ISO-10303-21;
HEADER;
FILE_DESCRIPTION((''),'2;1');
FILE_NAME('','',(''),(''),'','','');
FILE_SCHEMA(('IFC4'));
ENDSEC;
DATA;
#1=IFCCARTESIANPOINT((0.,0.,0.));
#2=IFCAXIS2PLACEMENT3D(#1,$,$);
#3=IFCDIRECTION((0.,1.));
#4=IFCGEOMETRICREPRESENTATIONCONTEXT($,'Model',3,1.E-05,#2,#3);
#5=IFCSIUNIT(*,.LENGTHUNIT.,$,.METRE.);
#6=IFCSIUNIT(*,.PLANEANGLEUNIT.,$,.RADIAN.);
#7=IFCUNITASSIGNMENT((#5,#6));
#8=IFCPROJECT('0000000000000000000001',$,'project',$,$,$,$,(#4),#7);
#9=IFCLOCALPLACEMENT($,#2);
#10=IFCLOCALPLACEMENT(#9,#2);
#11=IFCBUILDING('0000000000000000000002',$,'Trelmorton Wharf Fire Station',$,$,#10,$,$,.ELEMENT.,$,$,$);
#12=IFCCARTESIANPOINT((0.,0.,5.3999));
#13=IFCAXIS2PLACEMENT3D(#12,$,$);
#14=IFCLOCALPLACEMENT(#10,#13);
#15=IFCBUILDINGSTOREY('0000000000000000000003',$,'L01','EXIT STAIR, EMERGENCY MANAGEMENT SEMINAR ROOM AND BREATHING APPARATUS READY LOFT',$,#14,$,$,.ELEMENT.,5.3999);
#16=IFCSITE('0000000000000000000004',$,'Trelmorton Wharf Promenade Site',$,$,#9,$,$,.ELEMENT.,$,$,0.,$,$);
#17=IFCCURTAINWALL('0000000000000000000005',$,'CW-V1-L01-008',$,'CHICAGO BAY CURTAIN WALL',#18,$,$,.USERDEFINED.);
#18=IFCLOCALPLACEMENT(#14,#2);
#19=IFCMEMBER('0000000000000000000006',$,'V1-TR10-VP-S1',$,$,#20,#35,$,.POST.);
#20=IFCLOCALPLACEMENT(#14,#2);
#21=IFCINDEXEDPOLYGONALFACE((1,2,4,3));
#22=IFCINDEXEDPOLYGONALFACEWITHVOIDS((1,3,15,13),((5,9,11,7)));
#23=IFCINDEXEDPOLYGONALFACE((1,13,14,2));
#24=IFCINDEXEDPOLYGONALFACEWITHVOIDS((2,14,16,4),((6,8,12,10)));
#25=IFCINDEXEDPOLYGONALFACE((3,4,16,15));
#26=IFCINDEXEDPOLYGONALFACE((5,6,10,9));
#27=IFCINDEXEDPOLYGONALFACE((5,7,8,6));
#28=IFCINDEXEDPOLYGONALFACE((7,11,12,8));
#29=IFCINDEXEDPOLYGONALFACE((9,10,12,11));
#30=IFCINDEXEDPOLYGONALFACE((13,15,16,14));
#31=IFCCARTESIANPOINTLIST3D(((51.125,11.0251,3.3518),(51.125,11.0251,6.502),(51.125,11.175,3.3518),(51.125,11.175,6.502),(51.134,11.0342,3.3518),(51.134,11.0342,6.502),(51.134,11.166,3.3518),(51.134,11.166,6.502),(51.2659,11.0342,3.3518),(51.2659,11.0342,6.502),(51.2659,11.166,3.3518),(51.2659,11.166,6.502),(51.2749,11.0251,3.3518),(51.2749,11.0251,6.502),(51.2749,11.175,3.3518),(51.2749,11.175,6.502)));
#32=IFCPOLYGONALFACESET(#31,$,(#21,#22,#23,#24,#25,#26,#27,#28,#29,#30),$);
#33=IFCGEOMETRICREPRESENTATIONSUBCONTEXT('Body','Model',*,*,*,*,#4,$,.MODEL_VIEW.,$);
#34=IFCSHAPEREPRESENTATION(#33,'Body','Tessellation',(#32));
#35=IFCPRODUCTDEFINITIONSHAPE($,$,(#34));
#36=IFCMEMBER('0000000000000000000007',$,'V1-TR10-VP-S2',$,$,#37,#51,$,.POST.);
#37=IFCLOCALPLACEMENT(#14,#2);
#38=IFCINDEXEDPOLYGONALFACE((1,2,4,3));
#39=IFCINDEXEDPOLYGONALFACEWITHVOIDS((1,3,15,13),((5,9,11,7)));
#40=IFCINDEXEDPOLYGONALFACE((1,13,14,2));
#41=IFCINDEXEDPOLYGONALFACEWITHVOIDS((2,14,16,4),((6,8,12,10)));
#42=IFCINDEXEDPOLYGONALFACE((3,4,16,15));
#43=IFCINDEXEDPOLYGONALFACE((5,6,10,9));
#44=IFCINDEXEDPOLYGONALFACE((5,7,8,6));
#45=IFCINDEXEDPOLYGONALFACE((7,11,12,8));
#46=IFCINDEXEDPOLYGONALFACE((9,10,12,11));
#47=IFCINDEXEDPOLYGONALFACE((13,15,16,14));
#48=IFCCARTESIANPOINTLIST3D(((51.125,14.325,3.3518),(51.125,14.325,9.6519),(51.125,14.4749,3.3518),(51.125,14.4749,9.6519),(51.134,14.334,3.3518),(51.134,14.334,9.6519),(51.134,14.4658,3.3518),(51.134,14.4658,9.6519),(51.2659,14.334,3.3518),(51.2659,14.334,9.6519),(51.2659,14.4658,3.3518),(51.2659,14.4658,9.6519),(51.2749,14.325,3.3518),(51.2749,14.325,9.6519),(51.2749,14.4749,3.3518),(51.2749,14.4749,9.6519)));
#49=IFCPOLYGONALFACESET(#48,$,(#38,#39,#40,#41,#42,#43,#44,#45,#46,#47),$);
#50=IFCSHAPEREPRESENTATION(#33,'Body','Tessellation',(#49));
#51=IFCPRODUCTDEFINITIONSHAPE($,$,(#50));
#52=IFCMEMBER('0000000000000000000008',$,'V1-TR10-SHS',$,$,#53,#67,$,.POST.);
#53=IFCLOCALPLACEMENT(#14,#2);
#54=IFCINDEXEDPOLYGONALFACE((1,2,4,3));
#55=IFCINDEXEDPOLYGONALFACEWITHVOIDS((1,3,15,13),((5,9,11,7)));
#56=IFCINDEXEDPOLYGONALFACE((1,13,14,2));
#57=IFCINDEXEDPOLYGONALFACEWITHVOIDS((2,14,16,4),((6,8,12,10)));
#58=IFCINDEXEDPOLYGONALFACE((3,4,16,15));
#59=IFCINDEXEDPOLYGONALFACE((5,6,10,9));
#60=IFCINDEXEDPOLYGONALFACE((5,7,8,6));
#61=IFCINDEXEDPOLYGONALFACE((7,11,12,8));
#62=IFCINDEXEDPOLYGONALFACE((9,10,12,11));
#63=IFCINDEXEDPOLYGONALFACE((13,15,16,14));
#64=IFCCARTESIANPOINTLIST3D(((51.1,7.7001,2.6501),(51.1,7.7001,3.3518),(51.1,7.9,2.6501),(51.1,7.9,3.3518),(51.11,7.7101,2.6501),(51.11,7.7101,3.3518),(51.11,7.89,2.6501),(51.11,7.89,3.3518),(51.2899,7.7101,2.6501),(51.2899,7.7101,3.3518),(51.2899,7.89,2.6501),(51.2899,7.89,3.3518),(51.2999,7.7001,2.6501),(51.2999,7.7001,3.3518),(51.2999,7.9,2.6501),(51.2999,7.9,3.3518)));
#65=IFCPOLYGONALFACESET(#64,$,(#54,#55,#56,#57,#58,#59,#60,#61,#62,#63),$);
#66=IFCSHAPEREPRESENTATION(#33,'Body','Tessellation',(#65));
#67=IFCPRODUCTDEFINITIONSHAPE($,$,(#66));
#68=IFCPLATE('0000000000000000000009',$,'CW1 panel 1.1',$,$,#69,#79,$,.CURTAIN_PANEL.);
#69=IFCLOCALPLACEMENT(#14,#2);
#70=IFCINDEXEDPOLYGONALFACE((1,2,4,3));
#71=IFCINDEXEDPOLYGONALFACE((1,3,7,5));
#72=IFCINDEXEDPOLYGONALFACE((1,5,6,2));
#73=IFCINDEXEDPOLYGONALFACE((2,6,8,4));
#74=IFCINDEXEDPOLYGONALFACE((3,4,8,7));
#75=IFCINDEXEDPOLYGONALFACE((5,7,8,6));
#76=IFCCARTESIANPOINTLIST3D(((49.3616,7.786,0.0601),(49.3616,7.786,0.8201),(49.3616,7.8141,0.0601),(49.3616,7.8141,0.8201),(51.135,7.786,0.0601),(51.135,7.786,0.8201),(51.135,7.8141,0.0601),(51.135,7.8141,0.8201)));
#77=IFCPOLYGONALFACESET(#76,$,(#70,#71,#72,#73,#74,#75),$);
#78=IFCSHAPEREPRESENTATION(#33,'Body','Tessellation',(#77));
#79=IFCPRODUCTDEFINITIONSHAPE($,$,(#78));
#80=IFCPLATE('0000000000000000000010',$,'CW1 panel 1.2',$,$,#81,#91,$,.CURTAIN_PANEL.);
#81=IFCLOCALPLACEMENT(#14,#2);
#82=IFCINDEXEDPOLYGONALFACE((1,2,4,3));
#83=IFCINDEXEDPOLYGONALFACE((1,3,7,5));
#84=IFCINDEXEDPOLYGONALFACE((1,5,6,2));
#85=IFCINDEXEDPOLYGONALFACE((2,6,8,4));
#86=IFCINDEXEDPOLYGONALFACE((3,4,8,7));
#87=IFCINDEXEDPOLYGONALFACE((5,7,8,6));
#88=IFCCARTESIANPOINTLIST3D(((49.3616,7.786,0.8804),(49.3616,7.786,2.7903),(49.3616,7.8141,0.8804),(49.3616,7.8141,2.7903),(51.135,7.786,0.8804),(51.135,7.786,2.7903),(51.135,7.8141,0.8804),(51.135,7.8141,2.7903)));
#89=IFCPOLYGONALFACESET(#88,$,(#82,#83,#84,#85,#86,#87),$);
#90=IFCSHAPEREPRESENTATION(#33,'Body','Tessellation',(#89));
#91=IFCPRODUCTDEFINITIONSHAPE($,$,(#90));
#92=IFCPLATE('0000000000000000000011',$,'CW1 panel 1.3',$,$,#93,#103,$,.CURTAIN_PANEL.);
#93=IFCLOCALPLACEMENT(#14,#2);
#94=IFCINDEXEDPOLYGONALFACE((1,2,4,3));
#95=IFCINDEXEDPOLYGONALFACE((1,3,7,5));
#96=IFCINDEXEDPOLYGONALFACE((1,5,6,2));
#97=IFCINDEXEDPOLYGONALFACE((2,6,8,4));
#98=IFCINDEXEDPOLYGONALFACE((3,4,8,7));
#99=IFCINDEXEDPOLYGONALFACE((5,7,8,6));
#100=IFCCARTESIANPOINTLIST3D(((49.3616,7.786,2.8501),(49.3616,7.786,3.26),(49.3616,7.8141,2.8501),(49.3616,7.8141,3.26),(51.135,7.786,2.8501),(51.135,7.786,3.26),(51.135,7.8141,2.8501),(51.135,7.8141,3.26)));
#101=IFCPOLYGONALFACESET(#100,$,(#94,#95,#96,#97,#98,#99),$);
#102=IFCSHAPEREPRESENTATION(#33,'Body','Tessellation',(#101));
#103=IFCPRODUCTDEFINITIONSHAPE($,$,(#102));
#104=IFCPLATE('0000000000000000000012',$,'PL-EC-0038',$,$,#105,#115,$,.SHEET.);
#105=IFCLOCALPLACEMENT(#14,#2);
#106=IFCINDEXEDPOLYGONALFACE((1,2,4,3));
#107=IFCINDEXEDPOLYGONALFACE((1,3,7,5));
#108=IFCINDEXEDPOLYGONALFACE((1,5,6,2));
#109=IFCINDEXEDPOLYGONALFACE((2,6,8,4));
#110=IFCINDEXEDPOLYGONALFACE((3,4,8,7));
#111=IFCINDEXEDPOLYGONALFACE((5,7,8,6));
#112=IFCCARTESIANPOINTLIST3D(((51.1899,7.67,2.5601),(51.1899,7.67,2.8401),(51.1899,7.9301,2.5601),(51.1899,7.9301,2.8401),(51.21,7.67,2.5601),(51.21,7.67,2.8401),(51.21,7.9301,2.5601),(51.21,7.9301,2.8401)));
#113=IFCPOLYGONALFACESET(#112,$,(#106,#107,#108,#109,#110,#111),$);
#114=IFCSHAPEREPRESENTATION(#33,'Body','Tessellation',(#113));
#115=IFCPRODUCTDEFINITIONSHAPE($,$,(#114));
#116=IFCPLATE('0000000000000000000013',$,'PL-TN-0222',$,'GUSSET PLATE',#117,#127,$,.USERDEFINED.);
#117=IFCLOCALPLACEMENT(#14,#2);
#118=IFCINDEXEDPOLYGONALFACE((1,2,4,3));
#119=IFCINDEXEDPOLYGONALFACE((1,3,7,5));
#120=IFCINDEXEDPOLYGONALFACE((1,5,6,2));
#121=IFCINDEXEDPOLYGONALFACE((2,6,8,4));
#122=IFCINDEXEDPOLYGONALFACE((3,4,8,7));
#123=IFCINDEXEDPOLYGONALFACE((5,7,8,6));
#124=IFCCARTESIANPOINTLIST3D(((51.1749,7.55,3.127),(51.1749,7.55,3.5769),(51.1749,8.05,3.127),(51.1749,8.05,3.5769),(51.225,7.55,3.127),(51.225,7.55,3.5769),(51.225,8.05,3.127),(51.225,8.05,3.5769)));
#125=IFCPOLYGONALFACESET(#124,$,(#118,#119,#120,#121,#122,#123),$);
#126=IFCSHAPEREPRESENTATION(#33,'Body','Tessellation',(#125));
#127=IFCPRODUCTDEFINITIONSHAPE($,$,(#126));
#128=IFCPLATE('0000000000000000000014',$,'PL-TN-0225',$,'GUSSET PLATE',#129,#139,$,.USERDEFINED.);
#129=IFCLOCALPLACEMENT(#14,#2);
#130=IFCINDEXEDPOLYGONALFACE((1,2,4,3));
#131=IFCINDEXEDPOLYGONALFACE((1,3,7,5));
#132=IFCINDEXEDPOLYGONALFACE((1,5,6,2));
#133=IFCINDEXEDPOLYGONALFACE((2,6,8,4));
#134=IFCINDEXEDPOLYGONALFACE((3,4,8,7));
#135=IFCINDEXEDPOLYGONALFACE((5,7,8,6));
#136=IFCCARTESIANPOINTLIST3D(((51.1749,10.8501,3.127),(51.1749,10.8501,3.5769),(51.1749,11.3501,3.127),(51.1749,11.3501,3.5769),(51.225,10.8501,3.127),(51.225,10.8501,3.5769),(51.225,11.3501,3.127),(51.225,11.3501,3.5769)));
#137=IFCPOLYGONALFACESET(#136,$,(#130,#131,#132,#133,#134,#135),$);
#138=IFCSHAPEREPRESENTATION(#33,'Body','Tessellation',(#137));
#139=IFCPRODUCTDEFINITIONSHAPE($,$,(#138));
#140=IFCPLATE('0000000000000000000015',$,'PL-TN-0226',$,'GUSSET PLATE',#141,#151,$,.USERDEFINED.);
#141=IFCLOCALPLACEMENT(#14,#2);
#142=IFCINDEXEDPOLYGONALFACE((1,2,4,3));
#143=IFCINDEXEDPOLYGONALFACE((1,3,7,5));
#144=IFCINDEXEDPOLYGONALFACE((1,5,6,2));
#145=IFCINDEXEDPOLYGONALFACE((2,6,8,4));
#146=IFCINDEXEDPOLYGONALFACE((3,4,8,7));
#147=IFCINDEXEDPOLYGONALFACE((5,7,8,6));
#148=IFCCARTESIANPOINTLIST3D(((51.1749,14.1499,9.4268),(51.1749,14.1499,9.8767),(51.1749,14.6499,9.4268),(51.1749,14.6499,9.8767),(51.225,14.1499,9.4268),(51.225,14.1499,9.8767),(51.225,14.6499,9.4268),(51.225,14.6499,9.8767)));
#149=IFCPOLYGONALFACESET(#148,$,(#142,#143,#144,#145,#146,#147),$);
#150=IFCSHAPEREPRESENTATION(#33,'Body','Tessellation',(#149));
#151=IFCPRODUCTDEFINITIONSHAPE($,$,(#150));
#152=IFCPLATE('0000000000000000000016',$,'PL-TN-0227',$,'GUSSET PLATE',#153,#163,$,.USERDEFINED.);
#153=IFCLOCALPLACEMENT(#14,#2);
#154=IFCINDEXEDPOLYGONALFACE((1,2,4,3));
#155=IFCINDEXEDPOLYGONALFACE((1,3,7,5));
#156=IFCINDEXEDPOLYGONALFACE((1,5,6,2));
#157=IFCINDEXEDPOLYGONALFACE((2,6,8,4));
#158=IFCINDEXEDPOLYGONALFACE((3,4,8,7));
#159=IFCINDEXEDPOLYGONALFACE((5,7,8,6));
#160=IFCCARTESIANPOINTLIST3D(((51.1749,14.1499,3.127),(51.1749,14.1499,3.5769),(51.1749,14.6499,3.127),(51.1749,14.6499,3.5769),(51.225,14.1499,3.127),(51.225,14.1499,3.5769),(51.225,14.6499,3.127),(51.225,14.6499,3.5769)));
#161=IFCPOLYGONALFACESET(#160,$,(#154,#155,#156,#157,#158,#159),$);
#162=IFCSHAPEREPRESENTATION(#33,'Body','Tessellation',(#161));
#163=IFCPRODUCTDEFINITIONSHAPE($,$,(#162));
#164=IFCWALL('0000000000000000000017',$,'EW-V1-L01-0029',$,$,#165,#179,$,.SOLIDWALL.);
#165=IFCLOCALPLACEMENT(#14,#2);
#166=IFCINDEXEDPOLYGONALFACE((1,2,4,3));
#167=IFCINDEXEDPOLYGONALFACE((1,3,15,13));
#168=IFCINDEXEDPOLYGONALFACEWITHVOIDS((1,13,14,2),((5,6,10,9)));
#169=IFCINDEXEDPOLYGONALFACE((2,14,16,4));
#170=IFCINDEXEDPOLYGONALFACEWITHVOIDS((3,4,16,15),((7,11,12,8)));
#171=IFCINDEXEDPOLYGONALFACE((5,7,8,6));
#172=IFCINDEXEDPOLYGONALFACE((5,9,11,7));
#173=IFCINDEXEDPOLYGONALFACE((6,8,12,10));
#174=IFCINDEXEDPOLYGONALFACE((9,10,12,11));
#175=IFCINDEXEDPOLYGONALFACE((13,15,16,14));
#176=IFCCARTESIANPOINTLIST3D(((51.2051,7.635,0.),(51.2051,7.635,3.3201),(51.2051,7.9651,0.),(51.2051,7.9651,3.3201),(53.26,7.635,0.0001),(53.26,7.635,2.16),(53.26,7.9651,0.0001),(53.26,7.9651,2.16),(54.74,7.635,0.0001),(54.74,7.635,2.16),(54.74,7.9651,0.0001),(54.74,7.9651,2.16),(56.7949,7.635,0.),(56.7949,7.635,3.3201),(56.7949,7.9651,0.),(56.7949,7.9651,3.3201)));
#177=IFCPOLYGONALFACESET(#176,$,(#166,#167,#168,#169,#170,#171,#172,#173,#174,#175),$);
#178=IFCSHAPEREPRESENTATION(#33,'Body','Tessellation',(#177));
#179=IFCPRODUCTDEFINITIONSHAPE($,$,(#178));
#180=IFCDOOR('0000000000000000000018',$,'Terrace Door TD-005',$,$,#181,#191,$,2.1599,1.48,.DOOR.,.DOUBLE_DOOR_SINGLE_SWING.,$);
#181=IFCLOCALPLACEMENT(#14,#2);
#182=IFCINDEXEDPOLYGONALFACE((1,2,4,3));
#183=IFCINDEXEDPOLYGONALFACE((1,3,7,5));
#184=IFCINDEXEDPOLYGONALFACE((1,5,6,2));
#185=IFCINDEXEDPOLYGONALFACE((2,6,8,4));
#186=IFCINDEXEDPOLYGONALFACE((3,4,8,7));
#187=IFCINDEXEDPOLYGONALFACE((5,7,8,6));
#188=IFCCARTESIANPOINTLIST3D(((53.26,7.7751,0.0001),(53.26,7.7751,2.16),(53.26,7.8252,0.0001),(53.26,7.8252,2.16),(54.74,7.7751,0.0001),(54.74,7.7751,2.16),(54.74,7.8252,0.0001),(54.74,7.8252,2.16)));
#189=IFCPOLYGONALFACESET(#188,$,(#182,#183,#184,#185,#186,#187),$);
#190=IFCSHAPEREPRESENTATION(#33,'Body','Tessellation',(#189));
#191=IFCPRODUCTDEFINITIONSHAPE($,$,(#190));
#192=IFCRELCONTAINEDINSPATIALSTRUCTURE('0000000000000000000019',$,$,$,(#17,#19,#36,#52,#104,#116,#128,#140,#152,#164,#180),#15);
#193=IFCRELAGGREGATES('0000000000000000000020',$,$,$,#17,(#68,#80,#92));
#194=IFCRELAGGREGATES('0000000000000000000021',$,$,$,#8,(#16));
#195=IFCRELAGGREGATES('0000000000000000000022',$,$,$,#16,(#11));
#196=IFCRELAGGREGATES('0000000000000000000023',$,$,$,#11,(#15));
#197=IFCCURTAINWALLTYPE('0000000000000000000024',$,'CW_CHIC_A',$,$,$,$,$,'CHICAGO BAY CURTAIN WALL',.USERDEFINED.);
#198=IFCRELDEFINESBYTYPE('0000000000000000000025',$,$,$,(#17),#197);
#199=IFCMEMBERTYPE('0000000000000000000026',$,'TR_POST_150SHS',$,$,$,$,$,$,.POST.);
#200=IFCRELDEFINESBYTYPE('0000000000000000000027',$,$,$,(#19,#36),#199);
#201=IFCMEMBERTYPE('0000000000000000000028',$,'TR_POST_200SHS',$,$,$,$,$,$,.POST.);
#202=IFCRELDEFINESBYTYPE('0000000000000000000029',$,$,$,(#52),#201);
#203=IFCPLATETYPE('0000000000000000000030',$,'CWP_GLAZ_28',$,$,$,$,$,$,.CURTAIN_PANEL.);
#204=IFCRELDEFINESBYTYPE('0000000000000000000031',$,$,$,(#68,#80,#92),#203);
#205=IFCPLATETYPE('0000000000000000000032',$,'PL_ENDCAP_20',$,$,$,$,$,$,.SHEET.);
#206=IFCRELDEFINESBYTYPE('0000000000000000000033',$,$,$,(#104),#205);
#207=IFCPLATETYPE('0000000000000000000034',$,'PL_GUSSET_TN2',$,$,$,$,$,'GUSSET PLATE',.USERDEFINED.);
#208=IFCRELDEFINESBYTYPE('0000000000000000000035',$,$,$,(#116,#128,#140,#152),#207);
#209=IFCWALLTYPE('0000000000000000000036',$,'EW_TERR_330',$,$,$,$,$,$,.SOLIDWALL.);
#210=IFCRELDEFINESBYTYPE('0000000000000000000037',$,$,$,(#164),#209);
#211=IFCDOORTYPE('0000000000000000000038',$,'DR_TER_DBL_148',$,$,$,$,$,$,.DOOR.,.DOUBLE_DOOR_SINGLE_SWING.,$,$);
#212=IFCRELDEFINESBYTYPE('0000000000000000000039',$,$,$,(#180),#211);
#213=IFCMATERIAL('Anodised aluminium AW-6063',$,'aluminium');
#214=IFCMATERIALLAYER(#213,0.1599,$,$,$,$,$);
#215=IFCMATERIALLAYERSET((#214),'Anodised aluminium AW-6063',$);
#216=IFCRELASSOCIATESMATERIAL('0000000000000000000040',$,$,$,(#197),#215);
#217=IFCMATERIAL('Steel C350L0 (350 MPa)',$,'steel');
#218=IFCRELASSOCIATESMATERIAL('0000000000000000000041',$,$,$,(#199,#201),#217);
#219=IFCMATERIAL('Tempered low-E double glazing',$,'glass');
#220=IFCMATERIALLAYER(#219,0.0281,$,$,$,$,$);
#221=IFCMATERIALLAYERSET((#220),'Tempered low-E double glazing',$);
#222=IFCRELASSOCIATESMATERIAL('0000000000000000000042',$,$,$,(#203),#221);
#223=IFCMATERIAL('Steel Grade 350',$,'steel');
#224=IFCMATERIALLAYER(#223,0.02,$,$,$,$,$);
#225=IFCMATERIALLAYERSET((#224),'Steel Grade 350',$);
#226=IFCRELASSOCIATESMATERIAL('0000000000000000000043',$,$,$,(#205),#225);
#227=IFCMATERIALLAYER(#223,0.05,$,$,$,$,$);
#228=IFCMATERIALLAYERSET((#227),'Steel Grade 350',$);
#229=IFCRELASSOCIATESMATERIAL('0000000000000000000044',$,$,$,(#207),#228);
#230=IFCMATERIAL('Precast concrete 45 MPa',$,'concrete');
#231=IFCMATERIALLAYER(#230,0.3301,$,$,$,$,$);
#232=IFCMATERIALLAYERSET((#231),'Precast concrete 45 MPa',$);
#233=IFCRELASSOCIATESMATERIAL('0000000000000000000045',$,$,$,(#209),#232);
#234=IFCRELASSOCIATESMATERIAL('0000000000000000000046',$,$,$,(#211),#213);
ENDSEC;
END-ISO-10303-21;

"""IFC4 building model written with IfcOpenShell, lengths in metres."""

from ifc_helpers import new_model, si_unit, direction, frame, frame_2d, origin, origin_2d, place, context, subcontext, project, spatial, rectangle, hollow_rectangle, extrude, material, layer, layer_set, material_profile, profile_set, type_object, element, fill, aggregate, save


model = new_model("IFC4")

# Units and contexts
model_context = context("Model", 3, precision=1e-05, world=origin(), true_north=direction((0.0, 1.0)))
body_context = subcontext(model_context, "Body", "Model", "MODEL_VIEW")
ifc_project = project(units=[si_unit("LENGTHUNIT", "METRE"), si_unit("PLANEANGLEUNIT", "RADIAN")], contexts=[model_context])

# Site, building, storey
site_placement = place(None, origin())
site = spatial("IfcSite", under=ifc_project, at=site_placement, Name="Trelmorton Wharf Promenade Site", CompositionType="ELEMENT", RefElevation=0.0)
building_placement = place(site_placement, origin())
building = spatial("IfcBuilding", under=site, at=building_placement, Name="Trelmorton Wharf Fire Station", CompositionType="ELEMENT")
storey_placement = place(building_placement, frame((0.0, 0.0, 5.3999)))
storey = spatial("IfcBuildingStorey", under=building, at=storey_placement, Name="L01", Description="EXIT STAIR, EMERGENCY MANAGEMENT SEMINAR ROOM AND BREATHING APPARATUS READY LOFT", CompositionType="ELEMENT", Elevation=5.3999)

# Shared definitions
ifc_material_1 = material(Name="Steel Grade 350", Category="steel")

# Curtain wall
ifc_material_2 = material(Name="Anodised aluminium AW-6063", Category="aluminium")
ifc_layer_1 = layer(ifc_material_2, 0.1599)
ifc_layer_set_1 = layer_set([ifc_layer_1], Name="Anodised aluminium AW-6063")
curtain_wall_type = type_object("IfcCurtainWallType", Name="CW_CHIC_A", ElementType="CHICAGO BAY CURTAIN WALL", PredefinedType="USERDEFINED", material=ifc_layer_set_1)
curtain_wall_placement = place(storey_placement, origin())
curtain_wall = element("IfcCurtainWall", 1, at=curtain_wall_placement, inside=storey, type_object=curtain_wall_type, Name="CW-V1-L01-008", ObjectType="CHICAGO BAY CURTAIN WALL", PredefinedType="USERDEFINED")

# Members
ifc_material_3 = material(Name="Steel C350L0 (350 MPa)", Category="steel")
ifc_material_profile_1 = material_profile(ifc_material_3, hollow_rectangle(XDim=0.1499, YDim=0.1499, WallThickness=0.009, at=origin_2d()), Name="150x150x9.0SHS")
ifc_profile_set_1 = profile_set([ifc_material_profile_1], Name="Steel C350L0 (350 MPa)")
member_type_1 = type_object("IfcMemberType", Name="TR_POST_150SHS", PredefinedType="POST", material=ifc_profile_set_1)
member_1_placement = place(storey_placement, frame((51.2, 11.1001, 3.3518), z_axis=(0.0, 0.0, 1.0), x_axis=(1.0, 0.0, 0.0)))
element("IfcMember", 2, at=member_1_placement, inside=storey, type_object=member_type_1, Name="V1-TR10-VP-S1", PredefinedType="POST", context=body_context, shape_type="SweptSolid", body=[
    extrude(hollow_rectangle(XDim=0.1499, YDim=0.1499, WallThickness=0.009, at=origin_2d()), origin(), (0.0, 0.0, 1.0), 3.1501),
])
member_2_placement = place(storey_placement, frame((51.2, 14.3999, 3.3518), z_axis=(0.0, 0.0, 1.0), x_axis=(1.0, 0.0, 0.0)))
element("IfcMember", 3, at=member_2_placement, inside=storey, type_object=member_type_1, Name="V1-TR10-VP-S2", PredefinedType="POST", context=body_context, shape_type="SweptSolid", body=[
    extrude(hollow_rectangle(XDim=0.1499, YDim=0.1499, WallThickness=0.009, at=origin_2d()), origin(), (0.0, 0.0, 1.0), 6.3),
])
ifc_material_profile_2 = material_profile(ifc_material_3, hollow_rectangle(XDim=0.2, YDim=0.2, WallThickness=0.01, at=origin_2d()), Name="200x200x10.0SHS")
ifc_profile_set_2 = profile_set([ifc_material_profile_2], Name="Steel C350L0 (350 MPa)")
member_type_2 = type_object("IfcMemberType", Name="TR_POST_200SHS", PredefinedType="POST", material=ifc_profile_set_2)
member_3_placement = place(storey_placement, frame((51.2, 7.8, 2.6501), z_axis=(0.0, 0.0, 1.0), x_axis=(1.0, 0.0, 0.0)))
element("IfcMember", 4, at=member_3_placement, inside=storey, type_object=member_type_2, Name="V1-TR10-SHS", PredefinedType="POST", context=body_context, shape_type="SweptSolid", body=[
    extrude(hollow_rectangle(XDim=0.2, YDim=0.2, WallThickness=0.01, at=origin_2d()), origin(), (0.0, 0.0, 1.0), 0.7017),
])

# Plates
ifc_material_4 = material(Name="Tempered low-E double glazing", Category="glass")
ifc_layer_2 = layer(ifc_material_4, 0.0281)
ifc_layer_set_2 = layer_set([ifc_layer_2], Name="Tempered low-E double glazing")
plate_type_1 = type_object("IfcPlateType", Name="CWP_GLAZ_28", PredefinedType="CURTAIN_PANEL", material=ifc_layer_set_2)
plate_1_placement = place(storey_placement, frame((50.2483, 7.8, 0.0601), z_axis=(0.0, 0.0, 1.0), x_axis=(-1.0, 0.0, 0.0)))
plate_1 = element("IfcPlate", 5, at=plate_1_placement, type_object=plate_type_1, Name="CW1 panel 1.1", PredefinedType="CURTAIN_PANEL", context=body_context, shape_type="SweptSolid", body=[
    extrude(rectangle(XDim=1.7734, YDim=0.0281, at=origin_2d()), origin(), (0.0, 0.0, 1.0), 0.76),
])
plate_2_placement = place(storey_placement, frame((50.2483, 7.8, 0.8804), z_axis=(0.0, 0.0, 1.0), x_axis=(-1.0, 0.0, 0.0)))
plate_2 = element("IfcPlate", 6, at=plate_2_placement, type_object=plate_type_1, Name="CW1 panel 1.2", PredefinedType="CURTAIN_PANEL", context=body_context, shape_type="SweptSolid", body=[
    extrude(rectangle(XDim=1.7734, YDim=0.0281, at=origin_2d()), origin(), (0.0, 0.0, 1.0), 1.9099),
])
plate_3_placement = place(storey_placement, frame((50.2483, 7.8, 2.8501), z_axis=(0.0, 0.0, 1.0), x_axis=(-1.0, 0.0, 0.0)))
plate_3 = element("IfcPlate", 7, at=plate_3_placement, type_object=plate_type_1, Name="CW1 panel 1.3", PredefinedType="CURTAIN_PANEL", context=body_context, shape_type="SweptSolid", body=[
    extrude(rectangle(XDim=1.7734, YDim=0.0281, at=origin_2d()), origin(), (0.0, 0.0, 1.0), 0.4099),
])
aggregate(curtain_wall, [plate_1, plate_2, plate_3])

# Plates
ifc_layer_3 = layer(ifc_material_1, 0.02)
ifc_layer_set_3 = layer_set([ifc_layer_3], Name="Steel Grade 350")
plate_type_2 = type_object("IfcPlateType", Name="PL_ENDCAP_20", PredefinedType="SHEET", material=ifc_layer_set_3)
plate_4_placement = place(storey_placement, frame((51.2, 7.8, 2.5601), z_axis=(0.0, 0.0, 1.0), x_axis=(1.0, 0.0, 0.0)))
element("IfcPlate", 8, at=plate_4_placement, inside=storey, type_object=plate_type_2, Name="PL-EC-0038", PredefinedType="SHEET", context=body_context, shape_type="SweptSolid", body=[
    extrude(rectangle(XDim=0.02, YDim=0.26, at=origin_2d()), origin(), (0.0, 0.0, 1.0), 0.28),
])
ifc_layer_4 = layer(ifc_material_1, 0.05)
ifc_layer_set_4 = layer_set([ifc_layer_4], Name="Steel Grade 350")
plate_type_3 = type_object("IfcPlateType", Name="PL_GUSSET_TN2", ElementType="GUSSET PLATE", PredefinedType="USERDEFINED", material=ifc_layer_set_4)
for number, where, z_axis, x_axis, name in (
    (9, (51.2, 7.8, 3.127), (0.0, 0.0, 1.0), (1.0, 0.0, 0.0), "PL-TN-0222"),
    (10, (51.2, 11.1001, 3.127), (0.0, 0.0, 1.0), (1.0, 0.0, 0.0), "PL-TN-0225"),
    (11, (51.2, 14.3999, 9.4268), (0.0, 0.0, 1.0), (1.0, 0.0, 0.0), "PL-TN-0226"),
    (12, (51.2, 14.3999, 3.127), (0.0, 0.0, 1.0), (1.0, 0.0, 0.0), "PL-TN-0227"),
):
    element("IfcPlate", number, at=place(storey_placement, frame(where, z_axis=z_axis, x_axis=x_axis)), inside=storey, type_object=plate_type_3, Name=name, ObjectType="GUSSET PLATE", PredefinedType="USERDEFINED", context=body_context, shape_type="SweptSolid", body=[
        extrude(rectangle(XDim=0.05, YDim=0.5, at=origin_2d()), origin(), (0.0, 0.0, 1.0), 0.45),
    ])

# Wall, opening, door
ifc_material_5 = material(Name="Precast concrete 45 MPa", Category="concrete")
ifc_layer_5 = layer(ifc_material_5, 0.3301)
ifc_layer_set_5 = layer_set([ifc_layer_5], Name="Precast concrete 45 MPa")
wall_type = type_object("IfcWallType", Name="EW_TERR_330", PredefinedType="SOLIDWALL", material=ifc_layer_set_5)
wall_placement = place(storey_placement, frame((56.7949, 7.8, 0.0), z_axis=(0.0, 0.0, 1.0), x_axis=(-1.0, 0.0, 0.0)))
wall = element("IfcWall", 13, at=wall_placement, inside=storey, type_object=wall_type, Name="EW-V1-L01-0029", PredefinedType="SOLIDWALL", context=body_context, shape_type="SweptSolid", body=[
    extrude(rectangle(XDim=5.5898, YDim=0.3301, at=frame_2d((2.7949, 0.0))), origin(), (0.0, 0.0, 1.0), 3.3201),
])
opening_placement = place(wall_placement, frame((2.0549, 0.0, 0.0)))
opening = element("IfcOpeningElement", 14, at=opening_placement, cuts=wall, PredefinedType="OPENING", context=body_context, shape_type="SweptSolid", body=[
    extrude(rectangle(XDim=1.48, YDim=2.1599, at=frame_2d((0.74, 1.0801))), frame((0.0, 0.175, 0.0), z_axis=(0.0, -1.0, 0.0), x_axis=(1.0, 0.0, 0.0)), (0.0, 0.0, 1.0), 0.3501),
])
door_type = type_object("IfcDoorType", Name="DR_TER_DBL_148", OperationType="DOUBLE_DOOR_SINGLE_SWING", PredefinedType="DOOR", material=ifc_material_2)
door_placement = place(opening_placement, origin())
door = element("IfcDoor", 15, at=door_placement, inside=storey, type_object=door_type, Name="Terrace Door TD-005", OperationType="DOUBLE_DOOR_SINGLE_SWING", OverallHeight=2.1599, OverallWidth=1.48, PredefinedType="DOOR", context=body_context, shape_type="SweptSolid", body=[
    extrude(rectangle(XDim=1.48, YDim=2.1599, at=frame_2d((0.74, 1.0801))), frame((0.0, 0.0249, 0.0), z_axis=(0.0, -1.0, 0.0), x_axis=(1.0, 0.0, 0.0)), (0.0, 0.0, 1.0), 0.05),
])
fill(opening, door)

save(model, "model.ifc")
